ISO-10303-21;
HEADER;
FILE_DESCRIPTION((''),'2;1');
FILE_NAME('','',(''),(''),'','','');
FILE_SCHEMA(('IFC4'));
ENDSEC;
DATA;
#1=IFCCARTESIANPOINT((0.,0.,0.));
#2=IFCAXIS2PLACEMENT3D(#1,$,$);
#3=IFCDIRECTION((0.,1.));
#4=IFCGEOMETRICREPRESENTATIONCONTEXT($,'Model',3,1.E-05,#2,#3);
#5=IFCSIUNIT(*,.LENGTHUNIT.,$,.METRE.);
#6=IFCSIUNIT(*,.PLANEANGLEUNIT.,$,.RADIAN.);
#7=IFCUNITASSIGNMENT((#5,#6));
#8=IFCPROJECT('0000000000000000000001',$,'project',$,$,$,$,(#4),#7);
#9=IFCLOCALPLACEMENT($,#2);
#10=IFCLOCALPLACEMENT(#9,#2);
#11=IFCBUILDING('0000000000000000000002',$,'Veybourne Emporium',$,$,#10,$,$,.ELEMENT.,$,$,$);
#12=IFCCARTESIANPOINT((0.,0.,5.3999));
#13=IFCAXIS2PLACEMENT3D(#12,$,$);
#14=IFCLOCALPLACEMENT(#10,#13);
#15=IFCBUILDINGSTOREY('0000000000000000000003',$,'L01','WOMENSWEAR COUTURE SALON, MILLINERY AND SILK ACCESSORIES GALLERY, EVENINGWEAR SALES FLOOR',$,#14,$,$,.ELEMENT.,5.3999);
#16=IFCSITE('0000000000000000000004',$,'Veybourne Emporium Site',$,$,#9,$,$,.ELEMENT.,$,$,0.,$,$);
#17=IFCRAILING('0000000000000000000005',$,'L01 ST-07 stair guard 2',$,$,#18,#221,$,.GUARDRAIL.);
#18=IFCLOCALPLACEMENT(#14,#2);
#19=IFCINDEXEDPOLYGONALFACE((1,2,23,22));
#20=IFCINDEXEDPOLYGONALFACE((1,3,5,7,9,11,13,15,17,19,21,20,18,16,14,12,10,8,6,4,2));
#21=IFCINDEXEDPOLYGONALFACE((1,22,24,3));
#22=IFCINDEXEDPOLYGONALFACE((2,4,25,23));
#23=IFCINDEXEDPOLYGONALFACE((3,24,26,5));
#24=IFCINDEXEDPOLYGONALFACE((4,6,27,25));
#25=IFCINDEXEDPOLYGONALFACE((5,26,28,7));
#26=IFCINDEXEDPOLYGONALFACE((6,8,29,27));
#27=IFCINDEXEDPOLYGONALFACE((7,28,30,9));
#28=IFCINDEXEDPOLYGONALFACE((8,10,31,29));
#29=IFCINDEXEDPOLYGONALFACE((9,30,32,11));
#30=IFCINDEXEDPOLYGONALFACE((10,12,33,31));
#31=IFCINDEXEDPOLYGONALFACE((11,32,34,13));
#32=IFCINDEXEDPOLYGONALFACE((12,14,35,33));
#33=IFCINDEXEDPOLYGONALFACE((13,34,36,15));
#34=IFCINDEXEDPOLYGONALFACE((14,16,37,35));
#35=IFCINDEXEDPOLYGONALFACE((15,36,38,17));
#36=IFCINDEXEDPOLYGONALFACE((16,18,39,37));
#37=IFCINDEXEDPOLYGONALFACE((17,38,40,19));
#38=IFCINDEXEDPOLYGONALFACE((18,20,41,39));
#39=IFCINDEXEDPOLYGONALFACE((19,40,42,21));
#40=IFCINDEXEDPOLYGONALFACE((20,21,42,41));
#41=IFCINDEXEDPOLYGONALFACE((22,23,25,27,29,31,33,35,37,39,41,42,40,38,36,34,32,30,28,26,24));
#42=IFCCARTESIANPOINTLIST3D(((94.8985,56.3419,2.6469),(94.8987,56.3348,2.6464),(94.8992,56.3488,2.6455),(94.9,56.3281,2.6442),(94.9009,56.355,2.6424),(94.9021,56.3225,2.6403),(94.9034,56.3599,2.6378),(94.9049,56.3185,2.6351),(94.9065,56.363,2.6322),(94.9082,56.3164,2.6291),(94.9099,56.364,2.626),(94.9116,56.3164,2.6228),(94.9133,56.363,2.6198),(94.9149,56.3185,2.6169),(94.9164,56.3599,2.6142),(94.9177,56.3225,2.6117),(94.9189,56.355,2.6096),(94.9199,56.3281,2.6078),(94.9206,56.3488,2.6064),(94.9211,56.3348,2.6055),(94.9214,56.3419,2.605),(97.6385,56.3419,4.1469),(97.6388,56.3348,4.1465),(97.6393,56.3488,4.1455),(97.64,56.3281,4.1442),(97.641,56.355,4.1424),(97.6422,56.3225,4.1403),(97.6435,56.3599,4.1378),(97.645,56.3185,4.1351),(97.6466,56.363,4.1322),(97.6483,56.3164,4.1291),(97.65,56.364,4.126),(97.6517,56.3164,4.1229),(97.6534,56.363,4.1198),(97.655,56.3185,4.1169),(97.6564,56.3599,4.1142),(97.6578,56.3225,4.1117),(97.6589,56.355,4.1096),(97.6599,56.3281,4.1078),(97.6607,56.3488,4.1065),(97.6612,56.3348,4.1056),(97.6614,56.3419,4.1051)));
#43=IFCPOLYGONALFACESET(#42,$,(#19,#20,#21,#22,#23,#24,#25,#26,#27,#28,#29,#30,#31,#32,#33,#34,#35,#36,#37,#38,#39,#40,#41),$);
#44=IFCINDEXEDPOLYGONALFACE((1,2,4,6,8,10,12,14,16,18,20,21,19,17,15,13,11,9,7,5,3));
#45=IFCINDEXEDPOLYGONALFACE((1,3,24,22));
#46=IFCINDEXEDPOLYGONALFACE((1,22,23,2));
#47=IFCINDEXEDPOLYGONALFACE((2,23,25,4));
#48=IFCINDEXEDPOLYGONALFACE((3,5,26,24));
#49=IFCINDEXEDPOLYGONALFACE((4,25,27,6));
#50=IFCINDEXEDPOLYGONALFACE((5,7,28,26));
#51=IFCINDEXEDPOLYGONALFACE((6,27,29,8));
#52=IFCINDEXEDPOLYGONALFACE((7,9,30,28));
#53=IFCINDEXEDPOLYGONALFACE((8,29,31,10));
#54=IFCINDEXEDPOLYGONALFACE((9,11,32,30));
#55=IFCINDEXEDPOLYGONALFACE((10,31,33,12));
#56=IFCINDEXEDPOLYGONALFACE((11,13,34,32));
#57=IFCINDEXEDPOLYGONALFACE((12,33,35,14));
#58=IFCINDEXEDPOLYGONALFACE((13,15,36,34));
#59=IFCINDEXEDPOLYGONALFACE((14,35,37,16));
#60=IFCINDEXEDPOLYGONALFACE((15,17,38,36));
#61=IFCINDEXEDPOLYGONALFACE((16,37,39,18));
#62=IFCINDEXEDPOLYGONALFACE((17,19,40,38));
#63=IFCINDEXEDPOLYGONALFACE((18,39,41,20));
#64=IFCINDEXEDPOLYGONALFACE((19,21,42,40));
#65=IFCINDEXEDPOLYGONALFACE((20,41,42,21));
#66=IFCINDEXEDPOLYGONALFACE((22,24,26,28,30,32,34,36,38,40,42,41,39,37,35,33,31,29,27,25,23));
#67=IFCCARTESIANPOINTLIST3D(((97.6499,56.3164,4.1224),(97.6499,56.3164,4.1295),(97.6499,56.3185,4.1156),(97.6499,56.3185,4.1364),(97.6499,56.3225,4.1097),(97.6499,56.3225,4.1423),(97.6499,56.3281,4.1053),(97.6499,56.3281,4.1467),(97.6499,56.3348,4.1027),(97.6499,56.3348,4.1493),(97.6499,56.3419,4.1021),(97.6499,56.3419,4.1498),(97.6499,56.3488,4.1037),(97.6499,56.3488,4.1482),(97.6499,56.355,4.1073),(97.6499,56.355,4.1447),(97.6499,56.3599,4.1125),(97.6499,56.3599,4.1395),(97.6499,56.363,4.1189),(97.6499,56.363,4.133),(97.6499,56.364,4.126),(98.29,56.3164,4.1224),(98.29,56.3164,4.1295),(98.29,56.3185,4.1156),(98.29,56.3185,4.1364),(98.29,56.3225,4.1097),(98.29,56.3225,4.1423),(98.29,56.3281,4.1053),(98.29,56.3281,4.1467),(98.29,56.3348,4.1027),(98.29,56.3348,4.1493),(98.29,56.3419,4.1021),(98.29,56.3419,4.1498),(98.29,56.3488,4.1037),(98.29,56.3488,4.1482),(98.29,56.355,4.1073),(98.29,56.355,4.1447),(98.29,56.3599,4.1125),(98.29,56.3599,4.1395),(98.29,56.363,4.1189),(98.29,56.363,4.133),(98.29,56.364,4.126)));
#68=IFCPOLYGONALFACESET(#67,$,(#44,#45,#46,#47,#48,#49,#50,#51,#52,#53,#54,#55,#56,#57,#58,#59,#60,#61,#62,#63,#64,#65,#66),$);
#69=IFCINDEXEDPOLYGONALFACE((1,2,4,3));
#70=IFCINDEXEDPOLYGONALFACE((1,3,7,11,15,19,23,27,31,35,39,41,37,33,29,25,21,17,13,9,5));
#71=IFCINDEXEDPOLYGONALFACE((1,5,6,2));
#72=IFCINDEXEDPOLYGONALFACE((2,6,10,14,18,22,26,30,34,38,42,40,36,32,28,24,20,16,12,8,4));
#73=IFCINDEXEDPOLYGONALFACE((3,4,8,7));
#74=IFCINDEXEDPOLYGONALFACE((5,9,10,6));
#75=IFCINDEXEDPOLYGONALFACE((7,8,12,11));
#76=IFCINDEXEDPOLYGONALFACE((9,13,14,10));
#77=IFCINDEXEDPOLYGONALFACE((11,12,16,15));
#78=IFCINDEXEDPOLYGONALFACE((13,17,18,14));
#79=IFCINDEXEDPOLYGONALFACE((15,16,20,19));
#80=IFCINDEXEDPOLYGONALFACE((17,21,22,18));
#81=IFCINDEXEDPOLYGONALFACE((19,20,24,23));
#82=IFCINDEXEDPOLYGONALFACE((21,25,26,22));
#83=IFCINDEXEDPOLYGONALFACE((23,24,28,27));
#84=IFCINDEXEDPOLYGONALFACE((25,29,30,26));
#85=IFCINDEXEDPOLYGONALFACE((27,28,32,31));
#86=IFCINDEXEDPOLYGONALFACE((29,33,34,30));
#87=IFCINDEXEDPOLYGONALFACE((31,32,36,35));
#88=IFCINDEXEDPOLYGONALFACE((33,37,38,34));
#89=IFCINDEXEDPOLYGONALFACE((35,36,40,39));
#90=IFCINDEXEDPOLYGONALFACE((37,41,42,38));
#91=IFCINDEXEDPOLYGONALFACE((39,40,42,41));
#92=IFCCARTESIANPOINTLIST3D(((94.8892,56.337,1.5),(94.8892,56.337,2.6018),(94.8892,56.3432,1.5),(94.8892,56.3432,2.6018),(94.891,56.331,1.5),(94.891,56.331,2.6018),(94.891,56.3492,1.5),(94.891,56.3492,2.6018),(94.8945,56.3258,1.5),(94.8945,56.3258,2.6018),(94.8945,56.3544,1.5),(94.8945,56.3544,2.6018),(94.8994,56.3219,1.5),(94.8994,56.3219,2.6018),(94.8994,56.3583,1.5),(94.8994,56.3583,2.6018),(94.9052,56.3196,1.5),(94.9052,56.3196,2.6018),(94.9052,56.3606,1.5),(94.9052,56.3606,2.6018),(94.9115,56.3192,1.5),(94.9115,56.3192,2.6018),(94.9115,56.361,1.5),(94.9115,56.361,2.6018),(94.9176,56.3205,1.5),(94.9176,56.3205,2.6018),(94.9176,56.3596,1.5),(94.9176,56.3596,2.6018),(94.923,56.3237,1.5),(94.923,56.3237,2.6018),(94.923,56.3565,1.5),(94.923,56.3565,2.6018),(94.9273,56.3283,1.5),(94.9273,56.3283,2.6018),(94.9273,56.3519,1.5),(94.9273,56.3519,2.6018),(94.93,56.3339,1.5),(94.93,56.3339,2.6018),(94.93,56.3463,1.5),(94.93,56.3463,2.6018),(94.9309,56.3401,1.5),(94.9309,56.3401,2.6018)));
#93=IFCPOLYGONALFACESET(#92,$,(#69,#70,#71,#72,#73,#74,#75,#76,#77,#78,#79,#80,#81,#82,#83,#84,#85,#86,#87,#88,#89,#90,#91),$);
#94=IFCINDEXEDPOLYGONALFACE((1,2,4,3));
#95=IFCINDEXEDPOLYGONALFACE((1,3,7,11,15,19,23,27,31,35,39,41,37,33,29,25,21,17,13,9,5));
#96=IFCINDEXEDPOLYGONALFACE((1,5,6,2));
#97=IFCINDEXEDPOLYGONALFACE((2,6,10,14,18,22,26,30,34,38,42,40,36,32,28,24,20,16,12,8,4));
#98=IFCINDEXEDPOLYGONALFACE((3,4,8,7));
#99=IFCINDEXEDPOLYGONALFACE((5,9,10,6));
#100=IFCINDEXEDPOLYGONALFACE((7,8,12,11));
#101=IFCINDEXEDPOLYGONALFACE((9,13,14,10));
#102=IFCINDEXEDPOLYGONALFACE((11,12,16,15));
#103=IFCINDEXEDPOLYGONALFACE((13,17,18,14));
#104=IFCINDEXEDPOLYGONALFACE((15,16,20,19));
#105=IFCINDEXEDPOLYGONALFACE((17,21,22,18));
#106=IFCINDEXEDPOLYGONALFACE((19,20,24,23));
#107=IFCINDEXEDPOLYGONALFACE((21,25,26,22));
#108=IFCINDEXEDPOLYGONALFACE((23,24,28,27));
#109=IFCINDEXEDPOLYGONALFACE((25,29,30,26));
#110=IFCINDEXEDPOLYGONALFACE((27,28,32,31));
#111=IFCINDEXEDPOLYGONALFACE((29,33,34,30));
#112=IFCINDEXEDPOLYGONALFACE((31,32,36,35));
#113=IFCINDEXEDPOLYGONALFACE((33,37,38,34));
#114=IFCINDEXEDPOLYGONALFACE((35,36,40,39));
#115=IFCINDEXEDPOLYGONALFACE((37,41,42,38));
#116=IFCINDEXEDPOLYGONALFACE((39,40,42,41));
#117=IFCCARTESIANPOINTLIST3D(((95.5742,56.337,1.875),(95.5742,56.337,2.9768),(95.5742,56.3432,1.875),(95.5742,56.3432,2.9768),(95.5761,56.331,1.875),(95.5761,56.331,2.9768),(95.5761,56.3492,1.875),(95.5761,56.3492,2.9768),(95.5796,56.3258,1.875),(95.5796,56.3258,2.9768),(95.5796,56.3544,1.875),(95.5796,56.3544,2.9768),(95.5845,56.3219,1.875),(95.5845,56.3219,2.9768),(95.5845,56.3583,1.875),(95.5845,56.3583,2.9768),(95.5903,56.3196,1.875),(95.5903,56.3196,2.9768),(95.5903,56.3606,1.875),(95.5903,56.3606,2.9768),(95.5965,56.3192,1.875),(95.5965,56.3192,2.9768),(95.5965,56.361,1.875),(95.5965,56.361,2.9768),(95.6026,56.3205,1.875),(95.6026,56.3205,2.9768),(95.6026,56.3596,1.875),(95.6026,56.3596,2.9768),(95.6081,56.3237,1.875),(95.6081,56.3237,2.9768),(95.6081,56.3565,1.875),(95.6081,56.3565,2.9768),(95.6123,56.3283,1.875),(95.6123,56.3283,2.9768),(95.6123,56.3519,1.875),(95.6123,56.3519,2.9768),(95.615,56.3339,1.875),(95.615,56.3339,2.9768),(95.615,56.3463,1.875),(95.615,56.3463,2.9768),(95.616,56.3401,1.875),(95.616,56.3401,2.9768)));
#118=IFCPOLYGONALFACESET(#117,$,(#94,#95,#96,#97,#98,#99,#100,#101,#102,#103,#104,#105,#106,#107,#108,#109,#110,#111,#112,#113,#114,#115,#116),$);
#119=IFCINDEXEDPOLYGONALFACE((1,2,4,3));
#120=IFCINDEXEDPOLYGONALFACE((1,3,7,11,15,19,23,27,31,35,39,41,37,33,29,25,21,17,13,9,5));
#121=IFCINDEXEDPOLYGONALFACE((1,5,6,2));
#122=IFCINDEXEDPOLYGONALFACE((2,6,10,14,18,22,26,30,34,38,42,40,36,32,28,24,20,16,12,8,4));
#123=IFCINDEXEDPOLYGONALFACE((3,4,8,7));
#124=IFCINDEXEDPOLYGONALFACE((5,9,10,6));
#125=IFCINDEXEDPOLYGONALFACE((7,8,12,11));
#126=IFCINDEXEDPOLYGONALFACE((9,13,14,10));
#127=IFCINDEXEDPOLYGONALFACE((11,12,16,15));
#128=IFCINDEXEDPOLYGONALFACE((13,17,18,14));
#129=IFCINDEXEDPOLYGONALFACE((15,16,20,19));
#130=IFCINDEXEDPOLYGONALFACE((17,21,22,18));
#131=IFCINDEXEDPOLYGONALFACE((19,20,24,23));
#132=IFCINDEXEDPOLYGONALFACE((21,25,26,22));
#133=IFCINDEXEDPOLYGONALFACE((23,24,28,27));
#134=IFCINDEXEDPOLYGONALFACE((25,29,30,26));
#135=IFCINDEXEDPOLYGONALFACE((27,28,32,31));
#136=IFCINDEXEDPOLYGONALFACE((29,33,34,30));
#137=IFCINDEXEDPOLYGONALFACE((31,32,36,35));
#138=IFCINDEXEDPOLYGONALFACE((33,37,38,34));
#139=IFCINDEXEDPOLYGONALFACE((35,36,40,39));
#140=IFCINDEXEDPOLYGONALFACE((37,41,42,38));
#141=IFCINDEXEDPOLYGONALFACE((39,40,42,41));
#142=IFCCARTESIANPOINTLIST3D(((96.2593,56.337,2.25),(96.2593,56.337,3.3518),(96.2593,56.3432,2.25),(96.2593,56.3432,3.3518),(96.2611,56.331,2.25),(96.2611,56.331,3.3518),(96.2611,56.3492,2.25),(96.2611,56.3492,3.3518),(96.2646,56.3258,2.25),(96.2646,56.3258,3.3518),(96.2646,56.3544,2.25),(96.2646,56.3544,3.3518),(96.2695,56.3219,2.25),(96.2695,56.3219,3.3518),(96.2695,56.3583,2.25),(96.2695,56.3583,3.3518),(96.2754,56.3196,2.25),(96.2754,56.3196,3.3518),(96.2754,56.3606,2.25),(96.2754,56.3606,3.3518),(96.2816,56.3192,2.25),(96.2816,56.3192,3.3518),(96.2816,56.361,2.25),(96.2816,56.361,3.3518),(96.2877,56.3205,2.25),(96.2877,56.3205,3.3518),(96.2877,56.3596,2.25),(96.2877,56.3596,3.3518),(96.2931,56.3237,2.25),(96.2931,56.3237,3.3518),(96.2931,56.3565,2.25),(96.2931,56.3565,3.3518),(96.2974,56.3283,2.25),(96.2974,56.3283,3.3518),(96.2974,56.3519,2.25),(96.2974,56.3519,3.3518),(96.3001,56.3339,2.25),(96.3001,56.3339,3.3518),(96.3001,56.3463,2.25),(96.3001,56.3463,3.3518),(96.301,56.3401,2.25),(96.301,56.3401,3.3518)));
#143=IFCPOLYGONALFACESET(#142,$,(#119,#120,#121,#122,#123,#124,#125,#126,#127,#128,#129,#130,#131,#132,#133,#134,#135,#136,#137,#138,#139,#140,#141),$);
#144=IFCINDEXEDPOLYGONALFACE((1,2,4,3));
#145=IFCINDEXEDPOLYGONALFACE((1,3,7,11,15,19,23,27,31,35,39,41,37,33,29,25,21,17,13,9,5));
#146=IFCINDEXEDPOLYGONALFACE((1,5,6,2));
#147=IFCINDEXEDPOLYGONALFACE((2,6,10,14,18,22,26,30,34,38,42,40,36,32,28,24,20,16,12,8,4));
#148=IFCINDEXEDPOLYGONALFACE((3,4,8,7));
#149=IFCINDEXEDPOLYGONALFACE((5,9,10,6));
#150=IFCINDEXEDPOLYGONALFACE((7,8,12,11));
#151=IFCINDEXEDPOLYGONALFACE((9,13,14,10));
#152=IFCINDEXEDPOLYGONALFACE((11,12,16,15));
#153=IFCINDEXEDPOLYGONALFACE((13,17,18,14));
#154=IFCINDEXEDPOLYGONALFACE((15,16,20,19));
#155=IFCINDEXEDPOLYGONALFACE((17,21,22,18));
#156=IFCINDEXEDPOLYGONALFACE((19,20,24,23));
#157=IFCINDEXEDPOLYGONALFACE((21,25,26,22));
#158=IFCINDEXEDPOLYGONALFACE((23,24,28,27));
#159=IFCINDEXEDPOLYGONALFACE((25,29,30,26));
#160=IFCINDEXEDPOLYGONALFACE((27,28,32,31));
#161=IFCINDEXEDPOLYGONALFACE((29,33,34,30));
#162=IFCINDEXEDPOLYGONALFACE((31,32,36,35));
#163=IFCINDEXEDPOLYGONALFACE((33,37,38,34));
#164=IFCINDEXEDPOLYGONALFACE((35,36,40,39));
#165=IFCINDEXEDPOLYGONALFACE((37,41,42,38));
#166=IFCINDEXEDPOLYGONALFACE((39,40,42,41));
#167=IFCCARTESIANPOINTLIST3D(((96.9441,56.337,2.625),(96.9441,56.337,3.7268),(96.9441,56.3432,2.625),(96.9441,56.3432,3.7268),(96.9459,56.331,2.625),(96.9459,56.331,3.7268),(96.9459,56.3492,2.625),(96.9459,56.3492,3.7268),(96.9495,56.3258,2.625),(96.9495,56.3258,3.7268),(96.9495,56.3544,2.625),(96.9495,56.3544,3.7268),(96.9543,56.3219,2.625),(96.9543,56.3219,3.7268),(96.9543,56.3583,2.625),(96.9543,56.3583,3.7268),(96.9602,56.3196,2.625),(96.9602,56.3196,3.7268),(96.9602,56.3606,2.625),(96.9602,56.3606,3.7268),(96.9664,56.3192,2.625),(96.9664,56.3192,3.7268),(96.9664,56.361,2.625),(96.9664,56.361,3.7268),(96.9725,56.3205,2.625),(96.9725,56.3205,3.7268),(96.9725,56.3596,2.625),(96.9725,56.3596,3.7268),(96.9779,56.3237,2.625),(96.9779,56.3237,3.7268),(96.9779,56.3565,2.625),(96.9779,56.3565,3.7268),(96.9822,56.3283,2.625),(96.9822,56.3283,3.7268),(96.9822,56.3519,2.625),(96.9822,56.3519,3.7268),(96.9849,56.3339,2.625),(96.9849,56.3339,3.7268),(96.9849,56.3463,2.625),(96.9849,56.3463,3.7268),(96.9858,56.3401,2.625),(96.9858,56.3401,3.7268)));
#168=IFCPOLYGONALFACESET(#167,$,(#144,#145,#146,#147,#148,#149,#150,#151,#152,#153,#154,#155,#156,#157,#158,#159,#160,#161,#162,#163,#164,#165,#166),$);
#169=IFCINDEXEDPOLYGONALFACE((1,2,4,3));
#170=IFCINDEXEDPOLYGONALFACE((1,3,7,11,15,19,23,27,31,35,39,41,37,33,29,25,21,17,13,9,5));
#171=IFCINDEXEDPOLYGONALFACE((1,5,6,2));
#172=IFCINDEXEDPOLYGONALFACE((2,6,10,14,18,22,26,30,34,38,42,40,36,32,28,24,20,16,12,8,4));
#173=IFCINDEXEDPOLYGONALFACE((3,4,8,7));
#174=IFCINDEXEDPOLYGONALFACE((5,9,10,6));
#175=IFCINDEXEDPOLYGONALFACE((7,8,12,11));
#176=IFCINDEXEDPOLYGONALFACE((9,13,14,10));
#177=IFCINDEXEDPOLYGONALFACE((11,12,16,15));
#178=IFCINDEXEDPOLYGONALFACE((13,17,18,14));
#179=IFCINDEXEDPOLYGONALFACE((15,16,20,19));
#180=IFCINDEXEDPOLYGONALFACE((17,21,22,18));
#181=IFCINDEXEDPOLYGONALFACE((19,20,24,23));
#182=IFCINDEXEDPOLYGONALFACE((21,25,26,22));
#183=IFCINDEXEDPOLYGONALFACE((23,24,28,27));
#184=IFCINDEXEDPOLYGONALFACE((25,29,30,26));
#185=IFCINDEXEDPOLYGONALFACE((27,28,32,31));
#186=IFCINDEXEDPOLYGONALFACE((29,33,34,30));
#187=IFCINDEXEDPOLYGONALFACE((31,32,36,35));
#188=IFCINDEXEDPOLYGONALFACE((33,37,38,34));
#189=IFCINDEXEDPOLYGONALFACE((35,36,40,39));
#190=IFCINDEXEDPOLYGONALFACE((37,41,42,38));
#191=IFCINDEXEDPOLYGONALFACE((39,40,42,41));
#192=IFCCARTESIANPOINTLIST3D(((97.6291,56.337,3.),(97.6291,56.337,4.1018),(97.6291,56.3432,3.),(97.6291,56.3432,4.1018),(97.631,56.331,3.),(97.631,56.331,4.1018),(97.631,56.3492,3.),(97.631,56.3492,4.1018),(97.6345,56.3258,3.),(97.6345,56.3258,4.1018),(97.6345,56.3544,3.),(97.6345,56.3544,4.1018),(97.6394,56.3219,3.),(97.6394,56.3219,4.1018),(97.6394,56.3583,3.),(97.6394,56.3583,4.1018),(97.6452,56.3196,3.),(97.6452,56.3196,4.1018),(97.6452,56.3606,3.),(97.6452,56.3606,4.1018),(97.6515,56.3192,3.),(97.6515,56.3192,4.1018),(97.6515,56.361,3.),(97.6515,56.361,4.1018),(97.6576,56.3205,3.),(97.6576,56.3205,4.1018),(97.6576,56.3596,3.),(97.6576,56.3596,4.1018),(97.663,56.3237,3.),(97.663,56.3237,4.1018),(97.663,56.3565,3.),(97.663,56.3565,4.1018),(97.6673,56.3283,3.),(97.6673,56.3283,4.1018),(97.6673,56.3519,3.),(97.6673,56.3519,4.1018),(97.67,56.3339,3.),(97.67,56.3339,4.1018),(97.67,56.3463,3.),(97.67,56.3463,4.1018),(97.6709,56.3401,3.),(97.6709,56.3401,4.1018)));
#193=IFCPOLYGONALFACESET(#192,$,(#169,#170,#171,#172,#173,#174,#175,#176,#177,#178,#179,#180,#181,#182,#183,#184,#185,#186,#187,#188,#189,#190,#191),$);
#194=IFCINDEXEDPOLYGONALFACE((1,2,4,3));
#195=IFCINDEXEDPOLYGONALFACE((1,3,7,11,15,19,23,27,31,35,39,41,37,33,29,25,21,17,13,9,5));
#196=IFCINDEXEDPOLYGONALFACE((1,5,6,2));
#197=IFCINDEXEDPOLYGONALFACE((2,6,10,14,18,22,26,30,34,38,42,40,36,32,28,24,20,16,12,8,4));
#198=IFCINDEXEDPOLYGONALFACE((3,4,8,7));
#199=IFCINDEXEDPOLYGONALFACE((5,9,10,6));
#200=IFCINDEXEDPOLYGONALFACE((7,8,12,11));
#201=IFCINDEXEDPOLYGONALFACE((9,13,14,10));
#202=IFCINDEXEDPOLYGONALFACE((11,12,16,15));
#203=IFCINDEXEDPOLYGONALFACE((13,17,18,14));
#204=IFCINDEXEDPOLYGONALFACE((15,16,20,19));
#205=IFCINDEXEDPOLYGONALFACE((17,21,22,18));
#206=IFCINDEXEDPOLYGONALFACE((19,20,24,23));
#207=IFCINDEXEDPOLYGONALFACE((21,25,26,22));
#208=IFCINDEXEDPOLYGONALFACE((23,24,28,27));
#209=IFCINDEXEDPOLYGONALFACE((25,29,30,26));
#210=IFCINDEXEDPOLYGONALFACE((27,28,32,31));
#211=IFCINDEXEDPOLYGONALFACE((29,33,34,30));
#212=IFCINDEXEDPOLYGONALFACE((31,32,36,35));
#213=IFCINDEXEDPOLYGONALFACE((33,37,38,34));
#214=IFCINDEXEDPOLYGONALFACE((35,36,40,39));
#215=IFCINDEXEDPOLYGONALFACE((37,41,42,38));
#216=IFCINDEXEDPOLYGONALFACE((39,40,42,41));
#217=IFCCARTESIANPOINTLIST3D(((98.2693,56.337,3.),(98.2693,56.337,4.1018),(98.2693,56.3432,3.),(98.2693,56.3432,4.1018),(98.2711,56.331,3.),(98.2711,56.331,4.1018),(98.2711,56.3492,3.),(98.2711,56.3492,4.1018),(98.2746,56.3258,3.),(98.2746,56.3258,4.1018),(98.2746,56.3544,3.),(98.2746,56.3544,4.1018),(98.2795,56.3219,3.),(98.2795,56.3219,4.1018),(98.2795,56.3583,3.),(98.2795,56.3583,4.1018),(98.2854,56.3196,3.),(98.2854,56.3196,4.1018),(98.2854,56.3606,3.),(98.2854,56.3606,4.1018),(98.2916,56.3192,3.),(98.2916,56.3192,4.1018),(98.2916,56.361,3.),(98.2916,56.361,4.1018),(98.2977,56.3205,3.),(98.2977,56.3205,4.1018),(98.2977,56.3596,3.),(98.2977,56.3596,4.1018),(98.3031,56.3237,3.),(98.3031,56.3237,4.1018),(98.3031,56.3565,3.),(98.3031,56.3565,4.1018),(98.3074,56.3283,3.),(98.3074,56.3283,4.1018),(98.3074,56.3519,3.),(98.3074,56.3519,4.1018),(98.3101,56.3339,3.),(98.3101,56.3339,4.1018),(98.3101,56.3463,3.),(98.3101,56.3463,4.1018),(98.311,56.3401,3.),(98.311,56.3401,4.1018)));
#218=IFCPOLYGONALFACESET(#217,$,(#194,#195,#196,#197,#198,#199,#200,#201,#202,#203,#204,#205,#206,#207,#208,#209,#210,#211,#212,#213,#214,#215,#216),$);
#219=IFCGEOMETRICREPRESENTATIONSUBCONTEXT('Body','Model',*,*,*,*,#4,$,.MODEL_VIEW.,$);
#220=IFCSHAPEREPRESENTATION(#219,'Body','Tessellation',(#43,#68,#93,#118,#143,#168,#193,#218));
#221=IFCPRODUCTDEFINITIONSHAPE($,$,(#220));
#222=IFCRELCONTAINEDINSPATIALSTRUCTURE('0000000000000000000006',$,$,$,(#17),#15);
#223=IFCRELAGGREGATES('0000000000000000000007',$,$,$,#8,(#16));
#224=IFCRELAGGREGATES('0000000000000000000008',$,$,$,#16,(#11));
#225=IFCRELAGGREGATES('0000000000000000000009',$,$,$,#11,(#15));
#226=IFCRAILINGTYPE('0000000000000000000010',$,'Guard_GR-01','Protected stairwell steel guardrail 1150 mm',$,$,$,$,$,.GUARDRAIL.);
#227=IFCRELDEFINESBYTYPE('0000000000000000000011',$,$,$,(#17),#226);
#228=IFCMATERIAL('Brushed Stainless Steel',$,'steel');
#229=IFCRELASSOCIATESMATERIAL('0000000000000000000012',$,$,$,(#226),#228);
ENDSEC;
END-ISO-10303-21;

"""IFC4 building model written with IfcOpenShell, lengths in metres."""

from ifc_helpers import new_model, si_unit, direction, frame, origin, origin_2d, place, context, subcontext, project, spatial, circle, extrude, material, type_object, element, save


model = new_model("IFC4")

# Units and contexts
model_context = context("Model", 3, precision=1e-05, world=origin(), true_north=direction((0.0, 1.0)))
body_context = subcontext(model_context, "Body", "Model", "MODEL_VIEW")
ifc_project = project(units=[si_unit("LENGTHUNIT", "METRE"), si_unit("PLANEANGLEUNIT", "RADIAN")], contexts=[model_context])

# Site, building, storey
site_placement = place(None, origin())
site = spatial("IfcSite", under=ifc_project, at=site_placement, Name="Veybourne Emporium Site", CompositionType="ELEMENT", RefElevation=0.0)
building_placement = place(site_placement, origin())
building = spatial("IfcBuilding", under=site, at=building_placement, Name="Veybourne Emporium", CompositionType="ELEMENT")
storey_placement = place(building_placement, frame((0.0, 0.0, 5.3999)))
storey = spatial("IfcBuildingStorey", under=building, at=storey_placement, Name="L01", Description="WOMENSWEAR COUTURE SALON, MILLINERY AND SILK ACCESSORIES GALLERY, EVENINGWEAR SALES FLOOR", CompositionType="ELEMENT", Elevation=5.3999)

# Railing
ifc_material_1 = material(Name="Brushed Stainless Steel", Category="steel")
railing_type_1 = type_object("IfcRailingType", Name="Guard_GR-01", Description="Protected stairwell steel guardrail 1150 mm", PredefinedType="GUARDRAIL", material=ifc_material_1)
railing_1_placement = place(storey_placement, frame((94.9099, 56.3401, 1.5)))
element("IfcRailing", 1, at=railing_1_placement, inside=storey, type_object=railing_type_1, Name="L01 ST-07 stair guard 2", PredefinedType="GUARDRAIL", context=body_context, shape_type="SweptSolid", body=[
    extrude(circle(Radius=0.0239, at=origin_2d()), frame((0.0, 0.0, 1.126), z_axis=(0.87716, 0.0, 0.480199), x_axis=(0.0, 1.0, 0.0)), (0.0, 0.0, 1.0), 3.1238),
    extrude(circle(Radius=0.0239, at=origin_2d()), frame((2.74, 0.0, 2.626), z_axis=(1.0, 0.0, 0.0), x_axis=(0.0, 1.0, 0.0)), (0.0, 0.0, 1.0), 0.6401),
    extrude(circle(Radius=0.021, at=origin_2d()), origin(), (0.0, 0.0, 1.0), 1.1018),
    extrude(circle(Radius=0.021, at=origin_2d()), frame((0.6851, 0.0, 0.375)), (0.0, 0.0, 1.0), 1.1018),
    extrude(circle(Radius=0.021, at=origin_2d()), frame((1.3701, 0.0, 0.75)), (0.0, 0.0, 1.0), 1.1018),
    extrude(circle(Radius=0.021, at=origin_2d()), frame((2.0549, 0.0, 1.125)), (0.0, 0.0, 1.0), 1.1018),
    extrude(circle(Radius=0.021, at=origin_2d()), frame((2.74, 0.0, 1.5)), (0.0, 0.0, 1.0), 1.1018),
    extrude(circle(Radius=0.021, at=origin_2d()), frame((3.3801, 0.0, 1.5)), (0.0, 0.0, 1.0), 1.1018),
])

save(model, "model.ifc")
